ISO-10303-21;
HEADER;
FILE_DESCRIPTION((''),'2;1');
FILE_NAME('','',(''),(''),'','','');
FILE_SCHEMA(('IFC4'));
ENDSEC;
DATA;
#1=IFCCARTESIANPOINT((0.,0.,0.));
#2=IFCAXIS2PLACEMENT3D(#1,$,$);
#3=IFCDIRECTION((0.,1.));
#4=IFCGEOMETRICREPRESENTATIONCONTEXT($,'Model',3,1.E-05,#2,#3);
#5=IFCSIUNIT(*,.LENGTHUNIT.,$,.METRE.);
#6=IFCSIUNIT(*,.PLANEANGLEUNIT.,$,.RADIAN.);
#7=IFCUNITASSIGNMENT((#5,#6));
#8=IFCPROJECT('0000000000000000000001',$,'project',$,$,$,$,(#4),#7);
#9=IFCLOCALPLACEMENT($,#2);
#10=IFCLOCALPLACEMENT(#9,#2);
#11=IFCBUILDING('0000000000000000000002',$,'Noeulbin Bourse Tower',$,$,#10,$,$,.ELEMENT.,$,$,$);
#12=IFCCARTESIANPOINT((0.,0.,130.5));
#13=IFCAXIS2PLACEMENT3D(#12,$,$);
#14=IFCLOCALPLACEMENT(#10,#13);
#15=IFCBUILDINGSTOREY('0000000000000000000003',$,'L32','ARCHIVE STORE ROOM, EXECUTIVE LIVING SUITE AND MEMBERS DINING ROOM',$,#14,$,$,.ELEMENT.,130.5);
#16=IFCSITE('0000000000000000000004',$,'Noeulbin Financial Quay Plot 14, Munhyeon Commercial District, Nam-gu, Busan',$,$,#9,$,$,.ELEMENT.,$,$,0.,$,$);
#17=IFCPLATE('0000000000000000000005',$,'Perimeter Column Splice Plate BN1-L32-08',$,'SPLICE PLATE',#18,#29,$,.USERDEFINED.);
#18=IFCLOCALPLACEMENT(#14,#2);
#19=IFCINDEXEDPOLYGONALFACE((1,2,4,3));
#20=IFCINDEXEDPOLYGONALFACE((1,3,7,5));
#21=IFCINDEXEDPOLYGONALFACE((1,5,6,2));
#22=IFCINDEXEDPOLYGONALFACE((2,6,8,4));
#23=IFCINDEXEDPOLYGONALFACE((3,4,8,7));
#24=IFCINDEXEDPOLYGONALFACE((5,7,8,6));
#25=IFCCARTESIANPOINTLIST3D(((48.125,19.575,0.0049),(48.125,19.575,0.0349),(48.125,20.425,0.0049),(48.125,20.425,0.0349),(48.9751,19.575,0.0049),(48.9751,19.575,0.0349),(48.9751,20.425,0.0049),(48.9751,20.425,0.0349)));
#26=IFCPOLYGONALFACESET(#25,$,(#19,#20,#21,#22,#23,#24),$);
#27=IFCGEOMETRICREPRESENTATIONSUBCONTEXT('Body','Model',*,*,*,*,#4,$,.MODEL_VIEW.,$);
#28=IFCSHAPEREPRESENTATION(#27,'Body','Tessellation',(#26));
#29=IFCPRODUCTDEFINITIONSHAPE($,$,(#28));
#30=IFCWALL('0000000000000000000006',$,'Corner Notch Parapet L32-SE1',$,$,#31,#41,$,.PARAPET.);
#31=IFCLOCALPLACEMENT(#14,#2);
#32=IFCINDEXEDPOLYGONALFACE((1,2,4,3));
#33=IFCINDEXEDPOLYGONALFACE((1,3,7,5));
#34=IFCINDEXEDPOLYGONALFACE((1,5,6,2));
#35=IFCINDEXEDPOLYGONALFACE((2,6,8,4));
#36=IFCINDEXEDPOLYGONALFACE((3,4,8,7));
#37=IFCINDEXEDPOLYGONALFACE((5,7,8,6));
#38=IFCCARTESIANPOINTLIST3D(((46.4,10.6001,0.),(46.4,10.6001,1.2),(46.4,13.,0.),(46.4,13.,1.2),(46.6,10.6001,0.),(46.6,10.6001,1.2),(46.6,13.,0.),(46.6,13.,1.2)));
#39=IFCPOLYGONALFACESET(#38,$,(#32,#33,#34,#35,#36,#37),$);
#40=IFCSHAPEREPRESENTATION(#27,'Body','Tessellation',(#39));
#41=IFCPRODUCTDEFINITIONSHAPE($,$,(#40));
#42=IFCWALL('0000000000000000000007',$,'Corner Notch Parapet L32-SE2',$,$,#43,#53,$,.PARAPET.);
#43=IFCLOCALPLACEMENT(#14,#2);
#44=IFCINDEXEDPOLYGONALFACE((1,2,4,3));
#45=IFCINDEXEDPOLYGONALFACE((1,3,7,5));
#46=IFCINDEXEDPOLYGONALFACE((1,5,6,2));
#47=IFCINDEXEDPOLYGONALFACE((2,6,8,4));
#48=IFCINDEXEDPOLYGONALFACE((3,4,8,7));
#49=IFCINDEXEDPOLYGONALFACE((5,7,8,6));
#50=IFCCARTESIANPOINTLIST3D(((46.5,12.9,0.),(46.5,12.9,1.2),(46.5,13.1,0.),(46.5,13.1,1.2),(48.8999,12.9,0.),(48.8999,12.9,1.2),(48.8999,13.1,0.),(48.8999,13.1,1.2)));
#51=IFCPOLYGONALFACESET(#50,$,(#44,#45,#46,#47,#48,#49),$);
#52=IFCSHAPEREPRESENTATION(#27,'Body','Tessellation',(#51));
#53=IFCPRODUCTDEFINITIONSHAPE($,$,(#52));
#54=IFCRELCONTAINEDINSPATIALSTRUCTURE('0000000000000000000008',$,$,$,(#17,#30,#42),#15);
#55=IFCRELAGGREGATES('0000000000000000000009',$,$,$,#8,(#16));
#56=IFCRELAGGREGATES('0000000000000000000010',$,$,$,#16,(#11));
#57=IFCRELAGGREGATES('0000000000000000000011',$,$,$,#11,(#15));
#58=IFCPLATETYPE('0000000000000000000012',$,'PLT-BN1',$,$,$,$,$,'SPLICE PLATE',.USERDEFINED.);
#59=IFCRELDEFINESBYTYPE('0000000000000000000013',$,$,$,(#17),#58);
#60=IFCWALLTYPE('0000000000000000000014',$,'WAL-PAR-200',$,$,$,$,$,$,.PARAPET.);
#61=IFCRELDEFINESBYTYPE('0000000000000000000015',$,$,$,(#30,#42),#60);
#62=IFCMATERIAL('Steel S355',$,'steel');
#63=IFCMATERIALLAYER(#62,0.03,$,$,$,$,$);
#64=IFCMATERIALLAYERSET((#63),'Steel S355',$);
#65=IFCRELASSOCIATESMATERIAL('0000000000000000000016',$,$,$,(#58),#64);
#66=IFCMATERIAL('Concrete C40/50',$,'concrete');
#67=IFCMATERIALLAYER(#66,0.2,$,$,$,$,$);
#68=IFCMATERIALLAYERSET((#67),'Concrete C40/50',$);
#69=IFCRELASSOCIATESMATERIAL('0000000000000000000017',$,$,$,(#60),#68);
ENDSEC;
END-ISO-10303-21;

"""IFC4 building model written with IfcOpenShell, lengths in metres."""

from ifc_helpers import new_model, si_unit, direction, frame, frame_2d, origin, origin_2d, place, context, subcontext, project, spatial, rectangle, extrude, material, layer, layer_set, type_object, element, save


model = new_model("IFC4")

# Units and contexts
model_context = context("Model", 3, precision=1e-05, world=origin(), true_north=direction((0.0, 1.0)))
body_context = subcontext(model_context, "Body", "Model", "MODEL_VIEW")
ifc_project = project(units=[si_unit("LENGTHUNIT", "METRE"), si_unit("PLANEANGLEUNIT", "RADIAN")], contexts=[model_context])

# Site, building, storey
site_placement = place(None, origin())
site = spatial("IfcSite", under=ifc_project, at=site_placement, Name="Noeulbin Financial Quay Plot 14, Munhyeon Commercial District, Nam-gu, Busan", CompositionType="ELEMENT", RefElevation=0.0)
building_placement = place(site_placement, origin())
building = spatial("IfcBuilding", under=site, at=building_placement, Name="Noeulbin Bourse Tower", CompositionType="ELEMENT")
storey_placement = place(building_placement, frame((0.0, 0.0, 130.5)))
storey = spatial("IfcBuildingStorey", under=building, at=storey_placement, Name="L32", Description="ARCHIVE STORE ROOM, EXECUTIVE LIVING SUITE AND MEMBERS DINING ROOM", CompositionType="ELEMENT", Elevation=130.5)

# Shared definitions
ifc_material_1 = material(Name="Steel S355", Category="steel")

# Plate
ifc_layer_1 = layer(ifc_material_1, 0.03)
ifc_layer_set_1 = layer_set([ifc_layer_1], Name="Steel S355")
plate_type_1 = type_object("IfcPlateType", Name="PLT-BN1", ElementType="SPLICE PLATE", PredefinedType="USERDEFINED", material=ifc_layer_set_1)
for number, where, z_axis, x_axis, name in (
    (1, (48.55, 20.0, 0.0049), (0.0, 0.0, 1.0), (1.0, 0.0, 0.0), "Perimeter Column Splice Plate BN1-L32-08"),
):
    element("IfcPlate", number, at=place(storey_placement, frame(where, z_axis=z_axis, x_axis=x_axis)), inside=storey, type_object=plate_type_1, Name=name, ObjectType="SPLICE PLATE", PredefinedType="USERDEFINED", context=body_context, shape_type="SweptSolid", body=[
        extrude(rectangle(XDim=0.8501, YDim=0.8501, at=origin_2d()), origin(), (0.0, 0.0, 1.0), 0.03),
    ])

# Walls
ifc_material_2 = material(Name="Concrete C40/50", Category="concrete")
ifc_layer_2 = layer(ifc_material_2, 0.2)
ifc_layer_set_2 = layer_set([ifc_layer_2], Name="Concrete C40/50")
wall_type = type_object("IfcWallType", Name="WAL-PAR-200", PredefinedType="PARAPET", material=ifc_layer_set_2)
for number, where, z_axis, x_axis, name in (
    (2, (46.5, 10.6001, 0.0), (0.0, 0.0, 1.0), (0.0, 1.0, 0.0), "Corner Notch Parapet L32-SE1"),
    (3, (46.5, 13.0, 0.0), (0.0, 0.0, 1.0), (1.0, 0.0, 0.0), "Corner Notch Parapet L32-SE2"),
):
    element("IfcWall", number, at=place(storey_placement, frame(where, z_axis=z_axis, x_axis=x_axis)), inside=storey, type_object=wall_type, Name=name, PredefinedType="PARAPET", context=body_context, shape_type="SweptSolid", body=[
        extrude(rectangle(XDim=2.3999, YDim=0.2, at=frame_2d((1.2, 0.0))), origin(), (0.0, 0.0, 1.0), 1.2),
    ])

save(model, "model.ifc")
